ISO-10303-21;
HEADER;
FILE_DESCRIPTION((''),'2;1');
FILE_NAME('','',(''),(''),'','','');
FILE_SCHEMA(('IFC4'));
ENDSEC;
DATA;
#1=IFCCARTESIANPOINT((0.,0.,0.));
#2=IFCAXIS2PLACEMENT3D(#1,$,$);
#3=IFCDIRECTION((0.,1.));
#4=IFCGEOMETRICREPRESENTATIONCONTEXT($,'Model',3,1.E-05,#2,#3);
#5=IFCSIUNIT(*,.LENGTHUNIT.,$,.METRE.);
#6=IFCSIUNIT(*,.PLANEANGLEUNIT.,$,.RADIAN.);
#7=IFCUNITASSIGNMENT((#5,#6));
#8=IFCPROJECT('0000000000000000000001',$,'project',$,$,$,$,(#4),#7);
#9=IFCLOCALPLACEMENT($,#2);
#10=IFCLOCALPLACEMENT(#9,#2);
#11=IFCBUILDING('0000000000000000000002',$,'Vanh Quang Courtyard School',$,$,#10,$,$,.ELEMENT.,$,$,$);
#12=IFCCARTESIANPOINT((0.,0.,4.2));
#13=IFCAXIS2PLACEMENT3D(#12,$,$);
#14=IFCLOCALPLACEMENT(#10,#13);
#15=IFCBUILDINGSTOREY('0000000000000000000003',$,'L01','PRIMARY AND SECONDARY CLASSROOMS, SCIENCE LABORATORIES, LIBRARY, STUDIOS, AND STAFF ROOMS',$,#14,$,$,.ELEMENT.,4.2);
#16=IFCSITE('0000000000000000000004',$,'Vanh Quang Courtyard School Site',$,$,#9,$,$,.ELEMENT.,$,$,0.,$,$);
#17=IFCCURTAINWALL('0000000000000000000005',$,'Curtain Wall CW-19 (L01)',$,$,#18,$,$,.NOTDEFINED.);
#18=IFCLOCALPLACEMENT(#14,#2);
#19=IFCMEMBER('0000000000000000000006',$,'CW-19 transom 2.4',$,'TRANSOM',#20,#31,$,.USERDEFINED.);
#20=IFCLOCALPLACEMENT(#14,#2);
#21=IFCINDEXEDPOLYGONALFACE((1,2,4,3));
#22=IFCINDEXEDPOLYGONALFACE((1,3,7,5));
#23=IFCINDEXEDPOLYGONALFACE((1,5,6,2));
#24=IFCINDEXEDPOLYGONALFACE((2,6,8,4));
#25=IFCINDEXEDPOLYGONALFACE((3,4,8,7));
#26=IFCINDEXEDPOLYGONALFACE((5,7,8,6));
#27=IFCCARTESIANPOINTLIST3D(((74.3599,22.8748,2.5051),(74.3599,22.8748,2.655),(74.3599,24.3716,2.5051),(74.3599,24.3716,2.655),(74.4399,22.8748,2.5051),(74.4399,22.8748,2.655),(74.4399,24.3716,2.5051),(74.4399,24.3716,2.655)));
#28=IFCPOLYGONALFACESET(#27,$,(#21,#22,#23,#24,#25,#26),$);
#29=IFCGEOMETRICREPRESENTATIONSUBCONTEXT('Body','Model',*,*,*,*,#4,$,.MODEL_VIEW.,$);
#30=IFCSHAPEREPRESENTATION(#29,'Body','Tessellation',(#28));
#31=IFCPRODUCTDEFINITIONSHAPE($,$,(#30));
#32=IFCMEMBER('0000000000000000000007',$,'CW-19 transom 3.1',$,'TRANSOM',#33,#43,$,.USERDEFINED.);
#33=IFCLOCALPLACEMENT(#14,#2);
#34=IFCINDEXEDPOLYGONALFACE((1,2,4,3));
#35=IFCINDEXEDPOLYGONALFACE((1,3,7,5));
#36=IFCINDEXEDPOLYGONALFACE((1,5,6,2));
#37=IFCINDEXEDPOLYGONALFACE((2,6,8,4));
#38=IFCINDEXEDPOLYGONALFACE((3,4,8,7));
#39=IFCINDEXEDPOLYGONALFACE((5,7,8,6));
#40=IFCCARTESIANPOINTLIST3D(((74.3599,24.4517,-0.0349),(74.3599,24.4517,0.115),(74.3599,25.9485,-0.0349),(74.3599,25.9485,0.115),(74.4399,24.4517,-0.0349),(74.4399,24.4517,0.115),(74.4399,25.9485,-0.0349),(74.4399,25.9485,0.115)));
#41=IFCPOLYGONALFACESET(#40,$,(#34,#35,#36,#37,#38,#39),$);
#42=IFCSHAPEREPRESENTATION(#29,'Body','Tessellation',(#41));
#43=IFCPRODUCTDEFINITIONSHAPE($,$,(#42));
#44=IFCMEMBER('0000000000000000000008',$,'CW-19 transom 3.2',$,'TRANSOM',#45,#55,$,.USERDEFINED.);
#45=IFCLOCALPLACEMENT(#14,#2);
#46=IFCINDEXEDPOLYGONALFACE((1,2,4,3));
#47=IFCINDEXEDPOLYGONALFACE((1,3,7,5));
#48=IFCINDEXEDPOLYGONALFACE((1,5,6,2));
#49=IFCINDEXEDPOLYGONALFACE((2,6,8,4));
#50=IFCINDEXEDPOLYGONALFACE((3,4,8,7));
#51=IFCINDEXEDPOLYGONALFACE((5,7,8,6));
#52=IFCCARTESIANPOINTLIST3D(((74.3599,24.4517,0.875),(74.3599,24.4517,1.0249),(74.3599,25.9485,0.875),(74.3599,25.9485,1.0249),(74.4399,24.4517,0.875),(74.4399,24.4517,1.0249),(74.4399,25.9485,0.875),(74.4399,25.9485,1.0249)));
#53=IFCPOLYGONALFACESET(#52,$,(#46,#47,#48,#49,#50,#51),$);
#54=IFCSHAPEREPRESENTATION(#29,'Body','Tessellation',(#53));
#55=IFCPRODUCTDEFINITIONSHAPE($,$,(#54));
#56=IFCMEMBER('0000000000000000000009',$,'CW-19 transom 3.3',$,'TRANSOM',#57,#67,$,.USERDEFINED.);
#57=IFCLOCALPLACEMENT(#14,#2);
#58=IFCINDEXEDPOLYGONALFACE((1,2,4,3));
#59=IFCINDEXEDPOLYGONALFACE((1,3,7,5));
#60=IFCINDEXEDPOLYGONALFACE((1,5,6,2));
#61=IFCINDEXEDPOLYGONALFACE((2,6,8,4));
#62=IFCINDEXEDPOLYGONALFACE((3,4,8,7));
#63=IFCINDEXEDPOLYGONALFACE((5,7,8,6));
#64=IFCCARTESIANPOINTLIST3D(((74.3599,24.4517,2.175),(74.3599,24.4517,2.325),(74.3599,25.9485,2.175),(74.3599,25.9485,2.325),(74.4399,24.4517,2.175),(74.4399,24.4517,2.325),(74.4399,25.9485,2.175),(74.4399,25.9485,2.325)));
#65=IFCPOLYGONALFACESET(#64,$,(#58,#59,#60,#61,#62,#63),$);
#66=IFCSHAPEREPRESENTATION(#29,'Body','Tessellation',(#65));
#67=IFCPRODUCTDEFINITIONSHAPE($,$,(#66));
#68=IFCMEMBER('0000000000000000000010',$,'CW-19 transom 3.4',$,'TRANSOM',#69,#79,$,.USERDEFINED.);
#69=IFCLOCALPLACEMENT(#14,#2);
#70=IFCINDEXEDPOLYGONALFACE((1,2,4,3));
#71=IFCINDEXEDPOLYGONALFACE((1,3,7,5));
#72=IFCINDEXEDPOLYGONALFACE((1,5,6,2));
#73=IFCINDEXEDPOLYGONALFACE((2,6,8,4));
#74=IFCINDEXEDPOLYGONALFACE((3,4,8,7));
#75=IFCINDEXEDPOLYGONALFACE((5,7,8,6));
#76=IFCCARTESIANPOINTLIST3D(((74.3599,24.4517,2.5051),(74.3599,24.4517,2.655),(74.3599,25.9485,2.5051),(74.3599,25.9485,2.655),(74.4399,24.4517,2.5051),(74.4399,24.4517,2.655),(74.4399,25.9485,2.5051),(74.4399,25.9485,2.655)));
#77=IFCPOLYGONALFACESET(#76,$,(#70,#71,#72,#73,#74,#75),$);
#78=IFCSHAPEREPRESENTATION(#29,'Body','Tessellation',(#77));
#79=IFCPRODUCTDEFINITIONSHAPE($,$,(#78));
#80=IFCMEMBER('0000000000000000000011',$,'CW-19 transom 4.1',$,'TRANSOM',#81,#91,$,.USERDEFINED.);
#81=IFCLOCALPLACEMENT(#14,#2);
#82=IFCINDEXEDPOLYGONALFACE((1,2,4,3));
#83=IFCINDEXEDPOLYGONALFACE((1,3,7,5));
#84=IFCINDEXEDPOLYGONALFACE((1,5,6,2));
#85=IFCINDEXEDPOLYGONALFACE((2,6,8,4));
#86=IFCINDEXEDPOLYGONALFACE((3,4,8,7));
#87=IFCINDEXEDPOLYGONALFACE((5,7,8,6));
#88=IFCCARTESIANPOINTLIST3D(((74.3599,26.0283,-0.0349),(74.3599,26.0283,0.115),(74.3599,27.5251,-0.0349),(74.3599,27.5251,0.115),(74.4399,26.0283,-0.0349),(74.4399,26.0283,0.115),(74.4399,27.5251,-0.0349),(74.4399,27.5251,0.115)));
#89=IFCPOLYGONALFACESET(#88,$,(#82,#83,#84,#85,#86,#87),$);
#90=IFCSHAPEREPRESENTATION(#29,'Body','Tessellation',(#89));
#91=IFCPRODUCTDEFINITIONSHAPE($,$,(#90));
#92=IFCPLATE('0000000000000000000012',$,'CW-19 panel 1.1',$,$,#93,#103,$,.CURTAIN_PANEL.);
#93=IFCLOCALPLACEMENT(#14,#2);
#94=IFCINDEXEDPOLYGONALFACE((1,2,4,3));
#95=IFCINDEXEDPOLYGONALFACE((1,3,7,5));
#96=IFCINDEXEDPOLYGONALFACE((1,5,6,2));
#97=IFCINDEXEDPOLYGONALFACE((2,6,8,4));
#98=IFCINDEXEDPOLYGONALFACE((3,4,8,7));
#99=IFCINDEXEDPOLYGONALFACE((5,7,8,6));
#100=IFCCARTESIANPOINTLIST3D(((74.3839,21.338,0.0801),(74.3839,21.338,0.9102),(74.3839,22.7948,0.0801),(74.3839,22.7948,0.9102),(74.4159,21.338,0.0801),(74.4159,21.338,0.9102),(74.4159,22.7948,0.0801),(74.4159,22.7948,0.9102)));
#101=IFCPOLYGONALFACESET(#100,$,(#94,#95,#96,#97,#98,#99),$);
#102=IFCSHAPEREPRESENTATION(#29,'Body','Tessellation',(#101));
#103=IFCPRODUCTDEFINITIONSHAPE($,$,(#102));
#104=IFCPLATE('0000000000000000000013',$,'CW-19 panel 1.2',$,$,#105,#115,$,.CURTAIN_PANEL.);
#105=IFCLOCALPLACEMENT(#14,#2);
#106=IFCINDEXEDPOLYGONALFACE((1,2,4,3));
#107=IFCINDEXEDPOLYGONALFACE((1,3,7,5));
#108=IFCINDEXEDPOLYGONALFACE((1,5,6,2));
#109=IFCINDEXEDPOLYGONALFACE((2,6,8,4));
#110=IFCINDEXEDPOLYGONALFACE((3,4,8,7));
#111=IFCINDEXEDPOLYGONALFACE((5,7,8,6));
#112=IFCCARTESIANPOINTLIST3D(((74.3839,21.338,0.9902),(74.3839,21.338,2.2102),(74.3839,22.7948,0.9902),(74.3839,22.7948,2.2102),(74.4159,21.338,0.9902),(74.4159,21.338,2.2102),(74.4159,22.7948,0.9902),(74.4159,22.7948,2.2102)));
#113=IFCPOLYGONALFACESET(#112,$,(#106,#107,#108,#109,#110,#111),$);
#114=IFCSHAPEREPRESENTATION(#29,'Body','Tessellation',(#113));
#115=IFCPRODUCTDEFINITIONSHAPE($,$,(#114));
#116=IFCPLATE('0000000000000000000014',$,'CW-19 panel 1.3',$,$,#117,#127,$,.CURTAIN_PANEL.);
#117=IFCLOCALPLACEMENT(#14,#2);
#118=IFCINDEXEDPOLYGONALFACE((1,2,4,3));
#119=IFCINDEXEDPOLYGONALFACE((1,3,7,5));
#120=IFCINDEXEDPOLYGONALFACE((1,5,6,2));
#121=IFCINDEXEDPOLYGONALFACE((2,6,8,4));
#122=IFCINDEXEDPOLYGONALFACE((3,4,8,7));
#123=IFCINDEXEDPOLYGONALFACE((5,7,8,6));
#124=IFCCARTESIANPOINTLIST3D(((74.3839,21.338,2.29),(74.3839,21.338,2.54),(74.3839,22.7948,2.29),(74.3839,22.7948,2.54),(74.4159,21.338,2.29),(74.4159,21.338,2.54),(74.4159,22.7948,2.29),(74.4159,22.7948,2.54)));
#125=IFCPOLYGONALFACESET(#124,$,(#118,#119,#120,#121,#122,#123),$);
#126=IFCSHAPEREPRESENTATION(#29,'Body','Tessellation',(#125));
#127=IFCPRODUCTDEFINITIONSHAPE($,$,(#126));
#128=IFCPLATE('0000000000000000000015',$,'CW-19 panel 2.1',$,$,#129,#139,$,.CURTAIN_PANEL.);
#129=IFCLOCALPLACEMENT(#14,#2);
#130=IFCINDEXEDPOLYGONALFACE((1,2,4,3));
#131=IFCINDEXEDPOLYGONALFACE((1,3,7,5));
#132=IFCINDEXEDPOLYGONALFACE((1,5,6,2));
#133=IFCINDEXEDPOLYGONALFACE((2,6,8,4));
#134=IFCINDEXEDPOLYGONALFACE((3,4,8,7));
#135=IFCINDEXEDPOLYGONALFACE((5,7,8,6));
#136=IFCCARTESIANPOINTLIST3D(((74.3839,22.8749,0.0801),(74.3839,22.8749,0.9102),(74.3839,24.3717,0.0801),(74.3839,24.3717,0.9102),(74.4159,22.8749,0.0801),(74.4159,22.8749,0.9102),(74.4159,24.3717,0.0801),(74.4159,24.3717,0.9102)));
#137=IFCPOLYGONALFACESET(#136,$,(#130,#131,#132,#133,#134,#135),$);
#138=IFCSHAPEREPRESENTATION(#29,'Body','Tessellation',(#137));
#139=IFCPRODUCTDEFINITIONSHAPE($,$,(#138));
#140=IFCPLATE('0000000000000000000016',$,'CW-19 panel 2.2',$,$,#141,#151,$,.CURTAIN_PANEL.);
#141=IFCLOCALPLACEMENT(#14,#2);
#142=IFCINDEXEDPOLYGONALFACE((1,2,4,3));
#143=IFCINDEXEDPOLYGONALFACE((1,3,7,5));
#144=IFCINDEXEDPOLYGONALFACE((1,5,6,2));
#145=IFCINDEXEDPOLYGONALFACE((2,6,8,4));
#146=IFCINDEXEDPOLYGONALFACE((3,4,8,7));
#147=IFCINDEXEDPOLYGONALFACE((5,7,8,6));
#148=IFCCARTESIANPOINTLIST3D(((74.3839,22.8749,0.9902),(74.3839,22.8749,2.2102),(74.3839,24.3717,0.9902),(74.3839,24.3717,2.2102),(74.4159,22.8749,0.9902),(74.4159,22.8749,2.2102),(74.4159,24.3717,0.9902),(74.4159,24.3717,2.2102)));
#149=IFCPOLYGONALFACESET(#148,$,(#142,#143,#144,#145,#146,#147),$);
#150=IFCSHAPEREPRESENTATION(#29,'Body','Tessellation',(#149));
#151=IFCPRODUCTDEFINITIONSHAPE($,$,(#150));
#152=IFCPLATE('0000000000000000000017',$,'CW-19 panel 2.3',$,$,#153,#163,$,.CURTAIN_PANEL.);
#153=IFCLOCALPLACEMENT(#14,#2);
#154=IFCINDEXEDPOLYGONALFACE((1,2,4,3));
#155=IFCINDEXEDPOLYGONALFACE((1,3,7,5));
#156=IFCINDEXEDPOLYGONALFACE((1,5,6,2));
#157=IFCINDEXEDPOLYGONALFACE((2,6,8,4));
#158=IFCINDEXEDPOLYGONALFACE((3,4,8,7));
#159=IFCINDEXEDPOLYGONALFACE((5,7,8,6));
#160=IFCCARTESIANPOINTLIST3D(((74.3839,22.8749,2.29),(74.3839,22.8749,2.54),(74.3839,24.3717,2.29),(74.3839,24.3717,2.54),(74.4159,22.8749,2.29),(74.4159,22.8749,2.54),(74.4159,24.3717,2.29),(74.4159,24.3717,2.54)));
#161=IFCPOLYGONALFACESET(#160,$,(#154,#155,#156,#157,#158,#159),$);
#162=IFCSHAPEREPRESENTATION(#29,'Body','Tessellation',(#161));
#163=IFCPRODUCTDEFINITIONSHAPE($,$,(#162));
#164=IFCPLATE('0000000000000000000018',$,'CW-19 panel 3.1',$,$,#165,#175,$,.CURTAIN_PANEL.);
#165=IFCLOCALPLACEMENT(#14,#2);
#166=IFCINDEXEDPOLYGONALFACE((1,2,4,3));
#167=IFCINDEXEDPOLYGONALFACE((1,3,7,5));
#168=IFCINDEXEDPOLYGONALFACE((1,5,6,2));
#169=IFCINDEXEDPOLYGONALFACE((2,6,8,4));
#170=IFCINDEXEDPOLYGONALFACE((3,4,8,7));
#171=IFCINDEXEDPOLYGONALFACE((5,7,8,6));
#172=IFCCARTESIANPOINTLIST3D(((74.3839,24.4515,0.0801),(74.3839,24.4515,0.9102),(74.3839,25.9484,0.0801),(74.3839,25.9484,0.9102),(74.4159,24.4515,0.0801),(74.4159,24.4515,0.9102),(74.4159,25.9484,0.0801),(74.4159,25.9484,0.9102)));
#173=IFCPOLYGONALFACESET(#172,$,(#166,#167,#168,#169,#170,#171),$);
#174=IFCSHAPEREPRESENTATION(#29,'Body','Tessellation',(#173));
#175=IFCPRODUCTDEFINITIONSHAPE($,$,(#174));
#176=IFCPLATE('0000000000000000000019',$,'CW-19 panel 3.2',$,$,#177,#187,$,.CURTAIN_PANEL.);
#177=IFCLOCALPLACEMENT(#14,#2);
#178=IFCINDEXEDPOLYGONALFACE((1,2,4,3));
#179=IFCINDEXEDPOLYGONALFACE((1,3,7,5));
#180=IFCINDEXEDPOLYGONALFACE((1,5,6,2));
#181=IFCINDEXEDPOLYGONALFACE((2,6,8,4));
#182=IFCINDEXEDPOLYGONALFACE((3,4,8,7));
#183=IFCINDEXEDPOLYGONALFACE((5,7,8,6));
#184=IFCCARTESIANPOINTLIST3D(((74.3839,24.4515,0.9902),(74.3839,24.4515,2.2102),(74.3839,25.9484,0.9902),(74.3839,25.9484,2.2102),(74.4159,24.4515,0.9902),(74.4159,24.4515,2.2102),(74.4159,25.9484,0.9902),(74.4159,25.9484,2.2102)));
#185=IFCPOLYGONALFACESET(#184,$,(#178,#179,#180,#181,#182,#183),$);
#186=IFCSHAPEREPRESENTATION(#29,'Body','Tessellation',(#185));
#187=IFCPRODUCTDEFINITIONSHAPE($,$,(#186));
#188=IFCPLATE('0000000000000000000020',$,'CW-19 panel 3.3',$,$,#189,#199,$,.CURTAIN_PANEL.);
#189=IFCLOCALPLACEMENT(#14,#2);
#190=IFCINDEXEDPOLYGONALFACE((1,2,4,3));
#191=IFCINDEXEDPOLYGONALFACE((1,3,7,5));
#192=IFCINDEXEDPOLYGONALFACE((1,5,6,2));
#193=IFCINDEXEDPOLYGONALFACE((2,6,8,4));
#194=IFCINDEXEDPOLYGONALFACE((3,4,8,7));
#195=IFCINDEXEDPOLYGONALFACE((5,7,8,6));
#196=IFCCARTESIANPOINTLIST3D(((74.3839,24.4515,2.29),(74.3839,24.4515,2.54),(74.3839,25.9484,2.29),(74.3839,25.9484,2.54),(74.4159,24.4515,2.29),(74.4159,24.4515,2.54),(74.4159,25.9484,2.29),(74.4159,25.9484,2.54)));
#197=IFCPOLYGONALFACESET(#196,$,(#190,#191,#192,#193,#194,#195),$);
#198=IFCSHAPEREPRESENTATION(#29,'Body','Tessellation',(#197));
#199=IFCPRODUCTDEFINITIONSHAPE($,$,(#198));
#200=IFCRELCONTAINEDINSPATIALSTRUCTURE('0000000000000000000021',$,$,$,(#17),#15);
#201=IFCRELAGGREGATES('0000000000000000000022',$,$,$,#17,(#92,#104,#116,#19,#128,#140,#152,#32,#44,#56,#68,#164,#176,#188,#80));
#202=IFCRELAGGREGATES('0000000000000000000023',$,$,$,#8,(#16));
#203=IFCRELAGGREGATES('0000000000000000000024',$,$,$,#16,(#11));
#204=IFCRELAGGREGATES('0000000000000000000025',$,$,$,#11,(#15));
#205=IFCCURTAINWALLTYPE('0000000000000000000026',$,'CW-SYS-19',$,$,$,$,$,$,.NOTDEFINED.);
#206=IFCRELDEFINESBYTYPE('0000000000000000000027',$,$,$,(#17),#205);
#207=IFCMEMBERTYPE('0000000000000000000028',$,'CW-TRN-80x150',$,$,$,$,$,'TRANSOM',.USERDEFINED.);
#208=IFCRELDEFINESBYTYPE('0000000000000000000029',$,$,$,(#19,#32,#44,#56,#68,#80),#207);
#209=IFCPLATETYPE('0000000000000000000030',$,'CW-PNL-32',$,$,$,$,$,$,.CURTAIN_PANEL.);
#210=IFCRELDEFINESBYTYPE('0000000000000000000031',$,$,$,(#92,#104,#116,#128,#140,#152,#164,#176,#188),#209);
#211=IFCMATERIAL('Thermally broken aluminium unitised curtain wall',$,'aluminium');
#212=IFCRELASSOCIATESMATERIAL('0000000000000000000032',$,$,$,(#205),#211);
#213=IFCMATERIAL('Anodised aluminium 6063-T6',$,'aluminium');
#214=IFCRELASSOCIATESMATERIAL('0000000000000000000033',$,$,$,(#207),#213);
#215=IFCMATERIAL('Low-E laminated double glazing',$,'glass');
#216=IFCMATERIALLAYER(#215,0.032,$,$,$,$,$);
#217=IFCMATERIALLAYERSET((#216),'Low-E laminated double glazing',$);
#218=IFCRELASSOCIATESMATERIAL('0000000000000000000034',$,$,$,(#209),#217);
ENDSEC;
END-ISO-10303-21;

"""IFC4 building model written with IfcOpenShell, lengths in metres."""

from ifc_helpers import new_model, si_unit, direction, frame, origin, origin_2d, place, context, subcontext, project, spatial, rectangle, extrude, material, layer, layer_set, material_profile, profile_set, type_object, element, aggregate, save


model = new_model("IFC4")

# Units and contexts
model_context = context("Model", 3, precision=1e-05, world=origin(), true_north=direction((0.0, 1.0)))
body_context = subcontext(model_context, "Body", "Model", "MODEL_VIEW")
ifc_project = project(units=[si_unit("LENGTHUNIT", "METRE"), si_unit("PLANEANGLEUNIT", "RADIAN")], contexts=[model_context])

# Site, building, storey
site_placement = place(None, origin())
site = spatial("IfcSite", under=ifc_project, at=site_placement, Name="Vanh Quang Courtyard School Site", CompositionType="ELEMENT", RefElevation=0.0)
building_placement = place(site_placement, origin())
building = spatial("IfcBuilding", under=site, at=building_placement, Name="Vanh Quang Courtyard School", CompositionType="ELEMENT")
storey_placement = place(building_placement, frame((0.0, 0.0, 4.2)))
storey = spatial("IfcBuildingStorey", under=building, at=storey_placement, Name="L01", Description="PRIMARY AND SECONDARY CLASSROOMS, SCIENCE LABORATORIES, LIBRARY, STUDIOS, AND STAFF ROOMS", CompositionType="ELEMENT", Elevation=4.2)

# Curtain wall, members, plates
ifc_material_1 = material(Name="Thermally broken aluminium unitised curtain wall", Category="aluminium")
curtain_wall_type = type_object("IfcCurtainWallType", Name="CW-SYS-19", PredefinedType="NOTDEFINED", material=ifc_material_1)
curtain_wall_placement = place(storey_placement, origin())
curtain_wall = element("IfcCurtainWall", 1, at=curtain_wall_placement, inside=storey, type_object=curtain_wall_type, Name="Curtain Wall CW-19 (L01)", PredefinedType="NOTDEFINED")
ifc_material_2 = material(Name="Anodised aluminium 6063-T6", Category="aluminium")
ifc_material_profile_1 = material_profile(ifc_material_2, rectangle(XDim=0.0801, YDim=0.1499, at=origin_2d()), Name="ALU-TRN 80x150")
ifc_profile_set_1 = profile_set([ifc_material_profile_1], Name="Anodised aluminium 6063-T6")
member_type_1 = type_object("IfcMemberType", Name="CW-TRN-80x150", ElementType="TRANSOM", PredefinedType="USERDEFINED", material=ifc_profile_set_1)
member_1_placement = place(storey_placement, frame((74.3999, 22.8748, 2.5801), z_axis=(0.0, 1.0, 0.0), x_axis=(-1.0, 0.0, 0.0)))
member_1 = element("IfcMember", 2, at=member_1_placement, type_object=member_type_1, Name="CW-19 transom 2.4", ObjectType="TRANSOM", PredefinedType="USERDEFINED", context=body_context, shape_type="SweptSolid", body=[
    extrude(rectangle(XDim=0.0801, YDim=0.1499, at=origin_2d()), origin(), (0.0, 0.0, 1.0), 1.4968),
])
member_2_placement = place(storey_placement, frame((74.3999, 24.4517, 0.04), z_axis=(0.0, 1.0, 0.0), x_axis=(-1.0, 0.0, 0.0)))
member_2 = element("IfcMember", 3, at=member_2_placement, type_object=member_type_1, Name="CW-19 transom 3.1", ObjectType="TRANSOM", PredefinedType="USERDEFINED", context=body_context, shape_type="SweptSolid", body=[
    extrude(rectangle(XDim=0.0801, YDim=0.1499, at=origin_2d()), origin(), (0.0, 0.0, 1.0), 1.4968),
])
member_3_placement = place(storey_placement, frame((74.3999, 24.4517, 0.95), z_axis=(0.0, 1.0, 0.0), x_axis=(-1.0, 0.0, 0.0)))
member_3 = element("IfcMember", 4, at=member_3_placement, type_object=member_type_1, Name="CW-19 transom 3.2", ObjectType="TRANSOM", PredefinedType="USERDEFINED", context=body_context, shape_type="SweptSolid", body=[
    extrude(rectangle(XDim=0.0801, YDim=0.1499, at=origin_2d()), origin(), (0.0, 0.0, 1.0), 1.4968),
])
member_4_placement = place(storey_placement, frame((74.3999, 24.4517, 2.25), z_axis=(0.0, 1.0, 0.0), x_axis=(-1.0, 0.0, 0.0)))
member_4 = element("IfcMember", 5, at=member_4_placement, type_object=member_type_1, Name="CW-19 transom 3.3", ObjectType="TRANSOM", PredefinedType="USERDEFINED", context=body_context, shape_type="SweptSolid", body=[
    extrude(rectangle(XDim=0.0801, YDim=0.1499, at=origin_2d()), origin(), (0.0, 0.0, 1.0), 1.4968),
])
member_5_placement = place(storey_placement, frame((74.3999, 24.4517, 2.5801), z_axis=(0.0, 1.0, 0.0), x_axis=(-1.0, 0.0, 0.0)))
member_5 = element("IfcMember", 6, at=member_5_placement, type_object=member_type_1, Name="CW-19 transom 3.4", ObjectType="TRANSOM", PredefinedType="USERDEFINED", context=body_context, shape_type="SweptSolid", body=[
    extrude(rectangle(XDim=0.0801, YDim=0.1499, at=origin_2d()), origin(), (0.0, 0.0, 1.0), 1.4968),
])
member_6_placement = place(storey_placement, frame((74.3999, 26.0283, 0.04), z_axis=(0.0, 1.0, 0.0), x_axis=(-1.0, 0.0, 0.0)))
member_6 = element("IfcMember", 7, at=member_6_placement, type_object=member_type_1, Name="CW-19 transom 4.1", ObjectType="TRANSOM", PredefinedType="USERDEFINED", context=body_context, shape_type="SweptSolid", body=[
    extrude(rectangle(XDim=0.0801, YDim=0.1499, at=origin_2d()), origin(), (0.0, 0.0, 1.0), 1.4968),
])
ifc_material_3 = material(Name="Low-E laminated double glazing", Category="glass")
ifc_layer = layer(ifc_material_3, 0.032)
ifc_layer_set = layer_set([ifc_layer], Name="Low-E laminated double glazing")
plate_type = type_object("IfcPlateType", Name="CW-PNL-32", PredefinedType="CURTAIN_PANEL", material=ifc_layer_set)
plate_1_placement = place(storey_placement, frame((74.3999, 22.0664, 0.0801), z_axis=(0.0, 0.0, 1.0), x_axis=(0.0, 1.0, 0.0)))
plate_1 = element("IfcPlate", 8, at=plate_1_placement, type_object=plate_type, Name="CW-19 panel 1.1", PredefinedType="CURTAIN_PANEL", context=body_context, shape_type="SweptSolid", body=[
    extrude(rectangle(XDim=1.4568, YDim=0.032, at=origin_2d()), origin(), (0.0, 0.0, 1.0), 0.8301),
])
plate_2_placement = place(storey_placement, frame((74.3999, 22.0664, 0.9902), z_axis=(0.0, 0.0, 1.0), x_axis=(0.0, 1.0, 0.0)))
plate_2 = element("IfcPlate", 9, at=plate_2_placement, type_object=plate_type, Name="CW-19 panel 1.2", PredefinedType="CURTAIN_PANEL", context=body_context, shape_type="SweptSolid", body=[
    extrude(rectangle(XDim=1.4568, YDim=0.032, at=origin_2d()), origin(), (0.0, 0.0, 1.0), 1.22),
])
plate_3_placement = place(storey_placement, frame((74.3999, 22.0664, 2.29), z_axis=(0.0, 0.0, 1.0), x_axis=(0.0, 1.0, 0.0)))
plate_3 = element("IfcPlate", 10, at=plate_3_placement, type_object=plate_type, Name="CW-19 panel 1.3", PredefinedType="CURTAIN_PANEL", context=body_context, shape_type="SweptSolid", body=[
    extrude(rectangle(XDim=1.4568, YDim=0.032, at=origin_2d()), origin(), (0.0, 0.0, 1.0), 0.25),
])
plate_4_placement = place(storey_placement, frame((74.3999, 23.6233, 0.0801), z_axis=(0.0, 0.0, 1.0), x_axis=(0.0, 1.0, 0.0)))
plate_4 = element("IfcPlate", 11, at=plate_4_placement, type_object=plate_type, Name="CW-19 panel 2.1", PredefinedType="CURTAIN_PANEL", context=body_context, shape_type="SweptSolid", body=[
    extrude(rectangle(XDim=1.4968, YDim=0.032, at=origin_2d()), origin(), (0.0, 0.0, 1.0), 0.8301),
])
plate_5_placement = place(storey_placement, frame((74.3999, 23.6233, 0.9902), z_axis=(0.0, 0.0, 1.0), x_axis=(0.0, 1.0, 0.0)))
plate_5 = element("IfcPlate", 12, at=plate_5_placement, type_object=plate_type, Name="CW-19 panel 2.2", PredefinedType="CURTAIN_PANEL", context=body_context, shape_type="SweptSolid", body=[
    extrude(rectangle(XDim=1.4968, YDim=0.032, at=origin_2d()), origin(), (0.0, 0.0, 1.0), 1.22),
])
plate_6_placement = place(storey_placement, frame((74.3999, 23.6233, 2.29), z_axis=(0.0, 0.0, 1.0), x_axis=(0.0, 1.0, 0.0)))
plate_6 = element("IfcPlate", 13, at=plate_6_placement, type_object=plate_type, Name="CW-19 panel 2.3", PredefinedType="CURTAIN_PANEL", context=body_context, shape_type="SweptSolid", body=[
    extrude(rectangle(XDim=1.4968, YDim=0.032, at=origin_2d()), origin(), (0.0, 0.0, 1.0), 0.25),
])
plate_7_placement = place(storey_placement, frame((74.3999, 25.2, 0.0801), z_axis=(0.0, 0.0, 1.0), x_axis=(0.0, 1.0, 0.0)))
plate_7 = element("IfcPlate", 14, at=plate_7_placement, type_object=plate_type, Name="CW-19 panel 3.1", PredefinedType="CURTAIN_PANEL", context=body_context, shape_type="SweptSolid", body=[
    extrude(rectangle(XDim=1.4968, YDim=0.032, at=origin_2d()), origin(), (0.0, 0.0, 1.0), 0.8301),
])
plate_8_placement = place(storey_placement, frame((74.3999, 25.2, 0.9902), z_axis=(0.0, 0.0, 1.0), x_axis=(0.0, 1.0, 0.0)))
plate_8 = element("IfcPlate", 15, at=plate_8_placement, type_object=plate_type, Name="CW-19 panel 3.2", PredefinedType="CURTAIN_PANEL", context=body_context, shape_type="SweptSolid", body=[
    extrude(rectangle(XDim=1.4968, YDim=0.032, at=origin_2d()), origin(), (0.0, 0.0, 1.0), 1.22),
])
plate_9_placement = place(storey_placement, frame((74.3999, 25.2, 2.29), z_axis=(0.0, 0.0, 1.0), x_axis=(0.0, 1.0, 0.0)))
plate_9 = element("IfcPlate", 16, at=plate_9_placement, type_object=plate_type, Name="CW-19 panel 3.3", PredefinedType="CURTAIN_PANEL", context=body_context, shape_type="SweptSolid", body=[
    extrude(rectangle(XDim=1.4968, YDim=0.032, at=origin_2d()), origin(), (0.0, 0.0, 1.0), 0.25),
])
aggregate(curtain_wall, [plate_1, plate_2, plate_3, member_1, plate_4, plate_5, plate_6, member_2, member_3, member_4, member_5, plate_7, plate_8, plate_9, member_6])

save(model, "model.ifc")
